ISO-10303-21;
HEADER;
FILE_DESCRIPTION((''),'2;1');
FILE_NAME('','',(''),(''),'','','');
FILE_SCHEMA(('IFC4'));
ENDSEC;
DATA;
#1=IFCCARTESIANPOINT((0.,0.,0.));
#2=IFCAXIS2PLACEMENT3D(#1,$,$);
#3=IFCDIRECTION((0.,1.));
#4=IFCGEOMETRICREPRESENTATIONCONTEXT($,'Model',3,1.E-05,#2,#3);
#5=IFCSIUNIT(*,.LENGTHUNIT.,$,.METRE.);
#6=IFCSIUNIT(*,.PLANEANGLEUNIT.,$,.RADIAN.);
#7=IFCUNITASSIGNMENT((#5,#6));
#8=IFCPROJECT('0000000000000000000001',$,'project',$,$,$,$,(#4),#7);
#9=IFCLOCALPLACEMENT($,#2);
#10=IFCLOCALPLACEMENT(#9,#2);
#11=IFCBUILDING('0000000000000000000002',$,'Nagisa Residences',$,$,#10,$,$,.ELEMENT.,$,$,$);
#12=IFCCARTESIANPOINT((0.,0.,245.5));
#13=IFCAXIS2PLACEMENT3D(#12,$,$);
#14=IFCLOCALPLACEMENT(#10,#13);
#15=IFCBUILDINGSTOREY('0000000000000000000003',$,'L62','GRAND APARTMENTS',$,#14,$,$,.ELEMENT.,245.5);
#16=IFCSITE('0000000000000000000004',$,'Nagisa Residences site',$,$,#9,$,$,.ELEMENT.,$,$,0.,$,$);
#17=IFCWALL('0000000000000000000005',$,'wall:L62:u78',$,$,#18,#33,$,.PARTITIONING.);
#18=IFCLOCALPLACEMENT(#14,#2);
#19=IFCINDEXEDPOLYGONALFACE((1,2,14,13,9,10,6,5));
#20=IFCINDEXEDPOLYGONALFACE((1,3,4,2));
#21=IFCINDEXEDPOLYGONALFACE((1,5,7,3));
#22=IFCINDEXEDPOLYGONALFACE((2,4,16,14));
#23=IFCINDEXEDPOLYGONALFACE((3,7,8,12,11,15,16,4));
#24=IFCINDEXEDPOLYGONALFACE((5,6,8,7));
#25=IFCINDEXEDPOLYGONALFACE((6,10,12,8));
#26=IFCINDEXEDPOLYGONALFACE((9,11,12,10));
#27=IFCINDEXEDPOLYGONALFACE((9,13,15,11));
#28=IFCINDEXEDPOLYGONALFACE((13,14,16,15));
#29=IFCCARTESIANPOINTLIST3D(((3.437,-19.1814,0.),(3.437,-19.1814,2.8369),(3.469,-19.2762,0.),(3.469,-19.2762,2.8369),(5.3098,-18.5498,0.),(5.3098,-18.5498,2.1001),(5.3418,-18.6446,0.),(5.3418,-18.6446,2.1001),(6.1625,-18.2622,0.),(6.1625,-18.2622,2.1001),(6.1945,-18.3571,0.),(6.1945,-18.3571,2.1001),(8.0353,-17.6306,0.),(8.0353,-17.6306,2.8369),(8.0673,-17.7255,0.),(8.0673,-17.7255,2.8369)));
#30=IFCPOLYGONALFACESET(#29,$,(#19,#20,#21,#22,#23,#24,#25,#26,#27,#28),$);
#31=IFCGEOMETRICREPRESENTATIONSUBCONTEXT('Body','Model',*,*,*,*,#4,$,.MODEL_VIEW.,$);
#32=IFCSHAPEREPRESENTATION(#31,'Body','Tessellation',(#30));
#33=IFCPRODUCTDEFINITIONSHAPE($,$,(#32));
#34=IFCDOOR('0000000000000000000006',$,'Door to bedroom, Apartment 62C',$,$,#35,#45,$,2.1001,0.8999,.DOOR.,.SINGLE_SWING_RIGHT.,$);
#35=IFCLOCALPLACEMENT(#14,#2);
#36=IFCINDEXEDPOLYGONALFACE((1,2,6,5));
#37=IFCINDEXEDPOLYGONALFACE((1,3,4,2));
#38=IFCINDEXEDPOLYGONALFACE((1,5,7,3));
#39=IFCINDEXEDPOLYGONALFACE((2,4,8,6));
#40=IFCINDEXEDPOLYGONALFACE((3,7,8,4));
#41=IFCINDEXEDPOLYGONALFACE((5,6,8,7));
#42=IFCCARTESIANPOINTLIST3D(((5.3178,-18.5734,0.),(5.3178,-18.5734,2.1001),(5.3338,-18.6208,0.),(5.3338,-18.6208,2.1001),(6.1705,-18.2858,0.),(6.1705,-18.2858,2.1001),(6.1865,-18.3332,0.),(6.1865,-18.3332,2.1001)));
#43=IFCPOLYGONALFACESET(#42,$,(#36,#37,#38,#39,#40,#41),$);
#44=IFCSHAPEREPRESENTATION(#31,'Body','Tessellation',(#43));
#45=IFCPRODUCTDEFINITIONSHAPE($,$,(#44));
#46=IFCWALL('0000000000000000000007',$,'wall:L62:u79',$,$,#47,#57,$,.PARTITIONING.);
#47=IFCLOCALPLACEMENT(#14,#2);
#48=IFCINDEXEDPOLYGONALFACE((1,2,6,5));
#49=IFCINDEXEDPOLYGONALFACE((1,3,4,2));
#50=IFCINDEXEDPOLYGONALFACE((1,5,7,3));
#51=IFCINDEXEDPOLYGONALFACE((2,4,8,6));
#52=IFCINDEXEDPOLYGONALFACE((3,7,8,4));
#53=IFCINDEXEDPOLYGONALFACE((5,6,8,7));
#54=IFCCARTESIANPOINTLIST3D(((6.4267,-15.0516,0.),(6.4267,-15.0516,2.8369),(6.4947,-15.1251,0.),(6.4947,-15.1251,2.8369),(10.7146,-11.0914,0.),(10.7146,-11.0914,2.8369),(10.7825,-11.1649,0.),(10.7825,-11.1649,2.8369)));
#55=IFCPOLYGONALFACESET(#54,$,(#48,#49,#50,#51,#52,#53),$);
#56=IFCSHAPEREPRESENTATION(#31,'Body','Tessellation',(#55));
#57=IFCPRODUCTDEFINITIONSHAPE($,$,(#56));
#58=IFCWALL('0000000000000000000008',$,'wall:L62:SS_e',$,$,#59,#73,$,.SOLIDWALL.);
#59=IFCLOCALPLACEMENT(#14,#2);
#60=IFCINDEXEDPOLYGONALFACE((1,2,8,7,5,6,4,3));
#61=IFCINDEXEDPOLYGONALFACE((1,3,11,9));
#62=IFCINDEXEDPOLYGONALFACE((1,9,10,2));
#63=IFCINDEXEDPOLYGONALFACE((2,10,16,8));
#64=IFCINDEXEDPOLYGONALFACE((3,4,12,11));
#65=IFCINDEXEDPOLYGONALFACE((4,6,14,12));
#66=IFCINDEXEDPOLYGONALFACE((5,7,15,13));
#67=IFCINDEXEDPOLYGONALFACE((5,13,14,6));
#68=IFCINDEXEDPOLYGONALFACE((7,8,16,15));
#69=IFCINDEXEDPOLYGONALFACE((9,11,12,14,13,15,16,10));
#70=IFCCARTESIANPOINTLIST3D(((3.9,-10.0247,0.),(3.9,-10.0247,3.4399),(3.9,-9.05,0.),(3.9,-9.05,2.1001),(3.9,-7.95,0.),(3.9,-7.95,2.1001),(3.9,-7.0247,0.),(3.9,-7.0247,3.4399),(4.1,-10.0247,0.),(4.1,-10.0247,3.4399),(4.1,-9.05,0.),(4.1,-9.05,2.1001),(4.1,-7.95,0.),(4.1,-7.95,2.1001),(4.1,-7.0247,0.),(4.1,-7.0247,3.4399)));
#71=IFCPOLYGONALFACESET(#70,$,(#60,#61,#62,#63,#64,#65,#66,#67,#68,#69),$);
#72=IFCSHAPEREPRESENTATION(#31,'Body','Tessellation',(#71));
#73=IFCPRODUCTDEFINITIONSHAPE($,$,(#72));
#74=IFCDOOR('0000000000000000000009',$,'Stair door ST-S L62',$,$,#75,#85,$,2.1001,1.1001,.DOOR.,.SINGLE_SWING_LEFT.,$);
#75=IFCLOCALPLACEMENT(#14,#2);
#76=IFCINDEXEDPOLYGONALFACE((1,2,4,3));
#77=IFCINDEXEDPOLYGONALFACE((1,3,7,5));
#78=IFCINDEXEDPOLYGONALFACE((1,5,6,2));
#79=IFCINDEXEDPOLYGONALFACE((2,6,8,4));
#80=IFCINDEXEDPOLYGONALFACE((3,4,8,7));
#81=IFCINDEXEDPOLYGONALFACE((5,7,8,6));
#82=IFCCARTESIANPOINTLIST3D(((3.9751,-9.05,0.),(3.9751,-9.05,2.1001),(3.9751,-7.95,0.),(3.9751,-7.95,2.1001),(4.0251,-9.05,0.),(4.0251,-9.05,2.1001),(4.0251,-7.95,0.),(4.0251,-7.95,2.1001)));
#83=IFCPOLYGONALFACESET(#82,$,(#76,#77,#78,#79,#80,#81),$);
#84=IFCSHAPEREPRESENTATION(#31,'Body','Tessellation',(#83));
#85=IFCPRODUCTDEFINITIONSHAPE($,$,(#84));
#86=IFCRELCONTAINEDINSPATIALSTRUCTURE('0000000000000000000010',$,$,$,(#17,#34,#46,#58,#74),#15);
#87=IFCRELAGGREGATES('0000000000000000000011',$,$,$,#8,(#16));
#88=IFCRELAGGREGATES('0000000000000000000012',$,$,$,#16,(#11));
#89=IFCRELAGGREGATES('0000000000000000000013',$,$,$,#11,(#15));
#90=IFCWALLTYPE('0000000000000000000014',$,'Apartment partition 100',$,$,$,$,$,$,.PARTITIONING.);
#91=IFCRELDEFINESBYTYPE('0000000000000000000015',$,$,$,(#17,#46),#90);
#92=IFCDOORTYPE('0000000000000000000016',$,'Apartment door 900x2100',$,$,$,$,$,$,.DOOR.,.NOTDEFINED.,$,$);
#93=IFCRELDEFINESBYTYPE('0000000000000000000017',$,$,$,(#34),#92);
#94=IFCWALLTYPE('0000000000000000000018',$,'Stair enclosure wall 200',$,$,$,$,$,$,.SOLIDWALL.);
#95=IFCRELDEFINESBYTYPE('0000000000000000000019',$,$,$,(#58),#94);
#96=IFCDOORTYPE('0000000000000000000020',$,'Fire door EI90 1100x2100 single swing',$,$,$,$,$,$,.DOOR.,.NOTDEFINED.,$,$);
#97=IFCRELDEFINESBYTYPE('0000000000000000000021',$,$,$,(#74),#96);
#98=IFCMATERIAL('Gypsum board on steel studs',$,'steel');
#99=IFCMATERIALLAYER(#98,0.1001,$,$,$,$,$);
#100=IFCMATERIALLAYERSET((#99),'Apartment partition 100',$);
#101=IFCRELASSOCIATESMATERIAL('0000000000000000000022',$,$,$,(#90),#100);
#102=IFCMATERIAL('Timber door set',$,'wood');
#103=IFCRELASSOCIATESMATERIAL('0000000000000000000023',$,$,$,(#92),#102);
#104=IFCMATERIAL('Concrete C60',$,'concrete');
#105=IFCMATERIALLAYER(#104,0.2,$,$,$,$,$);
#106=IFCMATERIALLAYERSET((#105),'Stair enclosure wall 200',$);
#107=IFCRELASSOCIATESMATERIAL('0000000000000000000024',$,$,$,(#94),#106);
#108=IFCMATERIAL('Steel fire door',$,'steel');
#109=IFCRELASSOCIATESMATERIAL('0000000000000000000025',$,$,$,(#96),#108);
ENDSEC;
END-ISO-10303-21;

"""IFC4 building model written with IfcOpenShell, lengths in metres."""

from ifc_helpers import new_model, si_unit, direction, frame, frame_2d, origin, place, context, subcontext, project, spatial, rectangle, extrude, material, layer, layer_set, type_object, element, fill, save


model = new_model("IFC4")

# Units and contexts
model_context = context("Model", 3, precision=1e-05, world=origin(), true_north=direction((0.0, 1.0)))
body_context = subcontext(model_context, "Body", "Model", "MODEL_VIEW")
ifc_project = project(units=[si_unit("LENGTHUNIT", "METRE"), si_unit("PLANEANGLEUNIT", "RADIAN")], contexts=[model_context])

# Site, building, storey
site_placement = place(None, origin())
site = spatial("IfcSite", under=ifc_project, at=site_placement, Name="Nagisa Residences site", CompositionType="ELEMENT", RefElevation=0.0)
building_placement = place(site_placement, origin())
building = spatial("IfcBuilding", under=site, at=building_placement, Name="Nagisa Residences", CompositionType="ELEMENT")
storey_placement = place(building_placement, frame((0.0, 0.0, 245.5)))
storey = spatial("IfcBuildingStorey", under=building, at=storey_placement, Name="L62", Description="GRAND APARTMENTS", CompositionType="ELEMENT", Elevation=245.5)

# Shared definitions
ifc_material_1 = material(Name="Gypsum board on steel studs", Category="steel")
ifc_layer_1 = layer(ifc_material_1, 0.1001)
ifc_layer_set_1 = layer_set([ifc_layer_1], Name="Apartment partition 100")
wall_type_1 = type_object("IfcWallType", Name="Apartment partition 100", PredefinedType="PARTITIONING", material=ifc_layer_set_1)
ifc_material_2 = material(Name="Timber door set", Category="wood")
door_type_1 = type_object("IfcDoorType", Name="Apartment door 900x2100", OperationType="NOTDEFINED", PredefinedType="DOOR", material=ifc_material_2)

# Wall, opening, door
wall_1_placement = place(storey_placement, frame((3.4531, -19.2288, 0.0), z_axis=(0.0, 0.0, 1.0), x_axis=(0.947566, 0.319561, 0.0)))
wall_1 = element("IfcWall", 1, at=wall_1_placement, inside=storey, type_object=wall_type_1, Name="wall:L62:u78", PredefinedType="PARTITIONING", context=body_context, shape_type="SweptSolid", body=[
    extrude(rectangle(XDim=4.8528, YDim=0.1001, at=frame_2d((2.4263, 0.0))), origin(), (0.0, 0.0, 1.0), 2.8369),
])
opening_1_placement = place(wall_1_placement, frame((1.9763, 0.0, 0.0)))
opening_1 = element("IfcOpeningElement", 2, at=opening_1_placement, cuts=wall_1, PredefinedType="OPENING", context=body_context, shape_type="SweptSolid", body=[
    extrude(rectangle(XDim=0.8999, YDim=2.1001, at=frame_2d((0.45, 1.05))), frame((0.0, 0.0601, 0.0), z_axis=(0.0, -1.0, 0.0), x_axis=(1.0, 0.0, 0.0)), (0.0, 0.0, 1.0), 0.1201),
])
door_1_placement = place(opening_1_placement, frame((0.8999, 0.0, 0.0), x_axis=(-1.0, 0.0, 0.0)))
door_1 = element("IfcDoor", 3, at=door_1_placement, inside=storey, type_object=door_type_1, Name="Door to bedroom, Apartment 62C", OperationType="SINGLE_SWING_RIGHT", OverallHeight=2.1001, OverallWidth=0.8999, PredefinedType="DOOR", context=body_context, shape_type="SweptSolid", body=[
    extrude(rectangle(XDim=0.8999, YDim=2.1001, at=frame_2d((0.45, 1.05))), frame((0.0, 0.0249, 0.0), z_axis=(0.0, -1.0, 0.0), x_axis=(1.0, 0.0, 0.0)), (0.0, 0.0, 1.0), 0.05),
])
fill(opening_1, door_1)

# Wall
wall_2_placement = place(storey_placement, frame((6.4607, -15.0884, 0.0), z_axis=(0.0, 0.0, 1.0), x_axis=(0.734616, 0.678483, 0.0)))
element("IfcWall", 4, at=wall_2_placement, inside=storey, type_object=wall_type_1, Name="wall:L62:u79", PredefinedType="PARTITIONING", context=body_context, shape_type="SweptSolid", body=[
    extrude(rectangle(XDim=5.8369, YDim=0.1001, at=frame_2d((2.9185, 0.0))), origin(), (0.0, 0.0, 1.0), 2.8369),
])

# Wall, opening, door
ifc_material_3 = material(Name="Concrete C60", Category="concrete")
ifc_layer_2 = layer(ifc_material_3, 0.2)
ifc_layer_set_2 = layer_set([ifc_layer_2], Name="Stair enclosure wall 200")
wall_type_2 = type_object("IfcWallType", Name="Stair enclosure wall 200", PredefinedType="SOLIDWALL", material=ifc_layer_set_2)
wall_3_placement = place(storey_placement, frame((4.0, -10.0247, 0.0), z_axis=(0.0, 0.0, 1.0), x_axis=(0.0, 1.0, 0.0)))
wall_3 = element("IfcWall", 5, at=wall_3_placement, inside=storey, type_object=wall_type_2, Name="wall:L62:SS_e", PredefinedType="SOLIDWALL", context=body_context, shape_type="SweptSolid", body=[
    extrude(rectangle(XDim=3.0, YDim=0.2, at=frame_2d((1.5, 0.0))), origin(), (0.0, 0.0, 1.0), 3.4399),
])
opening_2_placement = place(wall_3_placement, frame((0.9746, 0.0, 0.0)))
opening_2 = element("IfcOpeningElement", 6, at=opening_2_placement, cuts=wall_3, PredefinedType="OPENING", context=body_context, shape_type="SweptSolid", body=[
    extrude(rectangle(XDim=1.1001, YDim=2.1001, at=frame_2d((0.55, 1.05))), frame((0.0, 0.1099, 0.0), z_axis=(0.0, -1.0, 0.0), x_axis=(1.0, 0.0, 0.0)), (0.0, 0.0, 1.0), 0.22),
])
ifc_material_4 = material(Name="Steel fire door", Category="steel")
door_type_2 = type_object("IfcDoorType", Name="Fire door EI90 1100x2100 single swing", OperationType="NOTDEFINED", PredefinedType="DOOR", material=ifc_material_4)
door_2_placement = place(opening_2_placement, origin())
door_2 = element("IfcDoor", 7, at=door_2_placement, inside=storey, type_object=door_type_2, Name="Stair door ST-S L62", OperationType="SINGLE_SWING_LEFT", OverallHeight=2.1001, OverallWidth=1.1001, PredefinedType="DOOR", context=body_context, shape_type="SweptSolid", body=[
    extrude(rectangle(XDim=1.1001, YDim=2.1001, at=frame_2d((0.55, 1.05))), frame((0.0, 0.0249, 0.0), z_axis=(0.0, -1.0, 0.0), x_axis=(1.0, 0.0, 0.0)), (0.0, 0.0, 1.0), 0.05),
])
fill(opening_2, door_2)

save(model, "model.ifc")
